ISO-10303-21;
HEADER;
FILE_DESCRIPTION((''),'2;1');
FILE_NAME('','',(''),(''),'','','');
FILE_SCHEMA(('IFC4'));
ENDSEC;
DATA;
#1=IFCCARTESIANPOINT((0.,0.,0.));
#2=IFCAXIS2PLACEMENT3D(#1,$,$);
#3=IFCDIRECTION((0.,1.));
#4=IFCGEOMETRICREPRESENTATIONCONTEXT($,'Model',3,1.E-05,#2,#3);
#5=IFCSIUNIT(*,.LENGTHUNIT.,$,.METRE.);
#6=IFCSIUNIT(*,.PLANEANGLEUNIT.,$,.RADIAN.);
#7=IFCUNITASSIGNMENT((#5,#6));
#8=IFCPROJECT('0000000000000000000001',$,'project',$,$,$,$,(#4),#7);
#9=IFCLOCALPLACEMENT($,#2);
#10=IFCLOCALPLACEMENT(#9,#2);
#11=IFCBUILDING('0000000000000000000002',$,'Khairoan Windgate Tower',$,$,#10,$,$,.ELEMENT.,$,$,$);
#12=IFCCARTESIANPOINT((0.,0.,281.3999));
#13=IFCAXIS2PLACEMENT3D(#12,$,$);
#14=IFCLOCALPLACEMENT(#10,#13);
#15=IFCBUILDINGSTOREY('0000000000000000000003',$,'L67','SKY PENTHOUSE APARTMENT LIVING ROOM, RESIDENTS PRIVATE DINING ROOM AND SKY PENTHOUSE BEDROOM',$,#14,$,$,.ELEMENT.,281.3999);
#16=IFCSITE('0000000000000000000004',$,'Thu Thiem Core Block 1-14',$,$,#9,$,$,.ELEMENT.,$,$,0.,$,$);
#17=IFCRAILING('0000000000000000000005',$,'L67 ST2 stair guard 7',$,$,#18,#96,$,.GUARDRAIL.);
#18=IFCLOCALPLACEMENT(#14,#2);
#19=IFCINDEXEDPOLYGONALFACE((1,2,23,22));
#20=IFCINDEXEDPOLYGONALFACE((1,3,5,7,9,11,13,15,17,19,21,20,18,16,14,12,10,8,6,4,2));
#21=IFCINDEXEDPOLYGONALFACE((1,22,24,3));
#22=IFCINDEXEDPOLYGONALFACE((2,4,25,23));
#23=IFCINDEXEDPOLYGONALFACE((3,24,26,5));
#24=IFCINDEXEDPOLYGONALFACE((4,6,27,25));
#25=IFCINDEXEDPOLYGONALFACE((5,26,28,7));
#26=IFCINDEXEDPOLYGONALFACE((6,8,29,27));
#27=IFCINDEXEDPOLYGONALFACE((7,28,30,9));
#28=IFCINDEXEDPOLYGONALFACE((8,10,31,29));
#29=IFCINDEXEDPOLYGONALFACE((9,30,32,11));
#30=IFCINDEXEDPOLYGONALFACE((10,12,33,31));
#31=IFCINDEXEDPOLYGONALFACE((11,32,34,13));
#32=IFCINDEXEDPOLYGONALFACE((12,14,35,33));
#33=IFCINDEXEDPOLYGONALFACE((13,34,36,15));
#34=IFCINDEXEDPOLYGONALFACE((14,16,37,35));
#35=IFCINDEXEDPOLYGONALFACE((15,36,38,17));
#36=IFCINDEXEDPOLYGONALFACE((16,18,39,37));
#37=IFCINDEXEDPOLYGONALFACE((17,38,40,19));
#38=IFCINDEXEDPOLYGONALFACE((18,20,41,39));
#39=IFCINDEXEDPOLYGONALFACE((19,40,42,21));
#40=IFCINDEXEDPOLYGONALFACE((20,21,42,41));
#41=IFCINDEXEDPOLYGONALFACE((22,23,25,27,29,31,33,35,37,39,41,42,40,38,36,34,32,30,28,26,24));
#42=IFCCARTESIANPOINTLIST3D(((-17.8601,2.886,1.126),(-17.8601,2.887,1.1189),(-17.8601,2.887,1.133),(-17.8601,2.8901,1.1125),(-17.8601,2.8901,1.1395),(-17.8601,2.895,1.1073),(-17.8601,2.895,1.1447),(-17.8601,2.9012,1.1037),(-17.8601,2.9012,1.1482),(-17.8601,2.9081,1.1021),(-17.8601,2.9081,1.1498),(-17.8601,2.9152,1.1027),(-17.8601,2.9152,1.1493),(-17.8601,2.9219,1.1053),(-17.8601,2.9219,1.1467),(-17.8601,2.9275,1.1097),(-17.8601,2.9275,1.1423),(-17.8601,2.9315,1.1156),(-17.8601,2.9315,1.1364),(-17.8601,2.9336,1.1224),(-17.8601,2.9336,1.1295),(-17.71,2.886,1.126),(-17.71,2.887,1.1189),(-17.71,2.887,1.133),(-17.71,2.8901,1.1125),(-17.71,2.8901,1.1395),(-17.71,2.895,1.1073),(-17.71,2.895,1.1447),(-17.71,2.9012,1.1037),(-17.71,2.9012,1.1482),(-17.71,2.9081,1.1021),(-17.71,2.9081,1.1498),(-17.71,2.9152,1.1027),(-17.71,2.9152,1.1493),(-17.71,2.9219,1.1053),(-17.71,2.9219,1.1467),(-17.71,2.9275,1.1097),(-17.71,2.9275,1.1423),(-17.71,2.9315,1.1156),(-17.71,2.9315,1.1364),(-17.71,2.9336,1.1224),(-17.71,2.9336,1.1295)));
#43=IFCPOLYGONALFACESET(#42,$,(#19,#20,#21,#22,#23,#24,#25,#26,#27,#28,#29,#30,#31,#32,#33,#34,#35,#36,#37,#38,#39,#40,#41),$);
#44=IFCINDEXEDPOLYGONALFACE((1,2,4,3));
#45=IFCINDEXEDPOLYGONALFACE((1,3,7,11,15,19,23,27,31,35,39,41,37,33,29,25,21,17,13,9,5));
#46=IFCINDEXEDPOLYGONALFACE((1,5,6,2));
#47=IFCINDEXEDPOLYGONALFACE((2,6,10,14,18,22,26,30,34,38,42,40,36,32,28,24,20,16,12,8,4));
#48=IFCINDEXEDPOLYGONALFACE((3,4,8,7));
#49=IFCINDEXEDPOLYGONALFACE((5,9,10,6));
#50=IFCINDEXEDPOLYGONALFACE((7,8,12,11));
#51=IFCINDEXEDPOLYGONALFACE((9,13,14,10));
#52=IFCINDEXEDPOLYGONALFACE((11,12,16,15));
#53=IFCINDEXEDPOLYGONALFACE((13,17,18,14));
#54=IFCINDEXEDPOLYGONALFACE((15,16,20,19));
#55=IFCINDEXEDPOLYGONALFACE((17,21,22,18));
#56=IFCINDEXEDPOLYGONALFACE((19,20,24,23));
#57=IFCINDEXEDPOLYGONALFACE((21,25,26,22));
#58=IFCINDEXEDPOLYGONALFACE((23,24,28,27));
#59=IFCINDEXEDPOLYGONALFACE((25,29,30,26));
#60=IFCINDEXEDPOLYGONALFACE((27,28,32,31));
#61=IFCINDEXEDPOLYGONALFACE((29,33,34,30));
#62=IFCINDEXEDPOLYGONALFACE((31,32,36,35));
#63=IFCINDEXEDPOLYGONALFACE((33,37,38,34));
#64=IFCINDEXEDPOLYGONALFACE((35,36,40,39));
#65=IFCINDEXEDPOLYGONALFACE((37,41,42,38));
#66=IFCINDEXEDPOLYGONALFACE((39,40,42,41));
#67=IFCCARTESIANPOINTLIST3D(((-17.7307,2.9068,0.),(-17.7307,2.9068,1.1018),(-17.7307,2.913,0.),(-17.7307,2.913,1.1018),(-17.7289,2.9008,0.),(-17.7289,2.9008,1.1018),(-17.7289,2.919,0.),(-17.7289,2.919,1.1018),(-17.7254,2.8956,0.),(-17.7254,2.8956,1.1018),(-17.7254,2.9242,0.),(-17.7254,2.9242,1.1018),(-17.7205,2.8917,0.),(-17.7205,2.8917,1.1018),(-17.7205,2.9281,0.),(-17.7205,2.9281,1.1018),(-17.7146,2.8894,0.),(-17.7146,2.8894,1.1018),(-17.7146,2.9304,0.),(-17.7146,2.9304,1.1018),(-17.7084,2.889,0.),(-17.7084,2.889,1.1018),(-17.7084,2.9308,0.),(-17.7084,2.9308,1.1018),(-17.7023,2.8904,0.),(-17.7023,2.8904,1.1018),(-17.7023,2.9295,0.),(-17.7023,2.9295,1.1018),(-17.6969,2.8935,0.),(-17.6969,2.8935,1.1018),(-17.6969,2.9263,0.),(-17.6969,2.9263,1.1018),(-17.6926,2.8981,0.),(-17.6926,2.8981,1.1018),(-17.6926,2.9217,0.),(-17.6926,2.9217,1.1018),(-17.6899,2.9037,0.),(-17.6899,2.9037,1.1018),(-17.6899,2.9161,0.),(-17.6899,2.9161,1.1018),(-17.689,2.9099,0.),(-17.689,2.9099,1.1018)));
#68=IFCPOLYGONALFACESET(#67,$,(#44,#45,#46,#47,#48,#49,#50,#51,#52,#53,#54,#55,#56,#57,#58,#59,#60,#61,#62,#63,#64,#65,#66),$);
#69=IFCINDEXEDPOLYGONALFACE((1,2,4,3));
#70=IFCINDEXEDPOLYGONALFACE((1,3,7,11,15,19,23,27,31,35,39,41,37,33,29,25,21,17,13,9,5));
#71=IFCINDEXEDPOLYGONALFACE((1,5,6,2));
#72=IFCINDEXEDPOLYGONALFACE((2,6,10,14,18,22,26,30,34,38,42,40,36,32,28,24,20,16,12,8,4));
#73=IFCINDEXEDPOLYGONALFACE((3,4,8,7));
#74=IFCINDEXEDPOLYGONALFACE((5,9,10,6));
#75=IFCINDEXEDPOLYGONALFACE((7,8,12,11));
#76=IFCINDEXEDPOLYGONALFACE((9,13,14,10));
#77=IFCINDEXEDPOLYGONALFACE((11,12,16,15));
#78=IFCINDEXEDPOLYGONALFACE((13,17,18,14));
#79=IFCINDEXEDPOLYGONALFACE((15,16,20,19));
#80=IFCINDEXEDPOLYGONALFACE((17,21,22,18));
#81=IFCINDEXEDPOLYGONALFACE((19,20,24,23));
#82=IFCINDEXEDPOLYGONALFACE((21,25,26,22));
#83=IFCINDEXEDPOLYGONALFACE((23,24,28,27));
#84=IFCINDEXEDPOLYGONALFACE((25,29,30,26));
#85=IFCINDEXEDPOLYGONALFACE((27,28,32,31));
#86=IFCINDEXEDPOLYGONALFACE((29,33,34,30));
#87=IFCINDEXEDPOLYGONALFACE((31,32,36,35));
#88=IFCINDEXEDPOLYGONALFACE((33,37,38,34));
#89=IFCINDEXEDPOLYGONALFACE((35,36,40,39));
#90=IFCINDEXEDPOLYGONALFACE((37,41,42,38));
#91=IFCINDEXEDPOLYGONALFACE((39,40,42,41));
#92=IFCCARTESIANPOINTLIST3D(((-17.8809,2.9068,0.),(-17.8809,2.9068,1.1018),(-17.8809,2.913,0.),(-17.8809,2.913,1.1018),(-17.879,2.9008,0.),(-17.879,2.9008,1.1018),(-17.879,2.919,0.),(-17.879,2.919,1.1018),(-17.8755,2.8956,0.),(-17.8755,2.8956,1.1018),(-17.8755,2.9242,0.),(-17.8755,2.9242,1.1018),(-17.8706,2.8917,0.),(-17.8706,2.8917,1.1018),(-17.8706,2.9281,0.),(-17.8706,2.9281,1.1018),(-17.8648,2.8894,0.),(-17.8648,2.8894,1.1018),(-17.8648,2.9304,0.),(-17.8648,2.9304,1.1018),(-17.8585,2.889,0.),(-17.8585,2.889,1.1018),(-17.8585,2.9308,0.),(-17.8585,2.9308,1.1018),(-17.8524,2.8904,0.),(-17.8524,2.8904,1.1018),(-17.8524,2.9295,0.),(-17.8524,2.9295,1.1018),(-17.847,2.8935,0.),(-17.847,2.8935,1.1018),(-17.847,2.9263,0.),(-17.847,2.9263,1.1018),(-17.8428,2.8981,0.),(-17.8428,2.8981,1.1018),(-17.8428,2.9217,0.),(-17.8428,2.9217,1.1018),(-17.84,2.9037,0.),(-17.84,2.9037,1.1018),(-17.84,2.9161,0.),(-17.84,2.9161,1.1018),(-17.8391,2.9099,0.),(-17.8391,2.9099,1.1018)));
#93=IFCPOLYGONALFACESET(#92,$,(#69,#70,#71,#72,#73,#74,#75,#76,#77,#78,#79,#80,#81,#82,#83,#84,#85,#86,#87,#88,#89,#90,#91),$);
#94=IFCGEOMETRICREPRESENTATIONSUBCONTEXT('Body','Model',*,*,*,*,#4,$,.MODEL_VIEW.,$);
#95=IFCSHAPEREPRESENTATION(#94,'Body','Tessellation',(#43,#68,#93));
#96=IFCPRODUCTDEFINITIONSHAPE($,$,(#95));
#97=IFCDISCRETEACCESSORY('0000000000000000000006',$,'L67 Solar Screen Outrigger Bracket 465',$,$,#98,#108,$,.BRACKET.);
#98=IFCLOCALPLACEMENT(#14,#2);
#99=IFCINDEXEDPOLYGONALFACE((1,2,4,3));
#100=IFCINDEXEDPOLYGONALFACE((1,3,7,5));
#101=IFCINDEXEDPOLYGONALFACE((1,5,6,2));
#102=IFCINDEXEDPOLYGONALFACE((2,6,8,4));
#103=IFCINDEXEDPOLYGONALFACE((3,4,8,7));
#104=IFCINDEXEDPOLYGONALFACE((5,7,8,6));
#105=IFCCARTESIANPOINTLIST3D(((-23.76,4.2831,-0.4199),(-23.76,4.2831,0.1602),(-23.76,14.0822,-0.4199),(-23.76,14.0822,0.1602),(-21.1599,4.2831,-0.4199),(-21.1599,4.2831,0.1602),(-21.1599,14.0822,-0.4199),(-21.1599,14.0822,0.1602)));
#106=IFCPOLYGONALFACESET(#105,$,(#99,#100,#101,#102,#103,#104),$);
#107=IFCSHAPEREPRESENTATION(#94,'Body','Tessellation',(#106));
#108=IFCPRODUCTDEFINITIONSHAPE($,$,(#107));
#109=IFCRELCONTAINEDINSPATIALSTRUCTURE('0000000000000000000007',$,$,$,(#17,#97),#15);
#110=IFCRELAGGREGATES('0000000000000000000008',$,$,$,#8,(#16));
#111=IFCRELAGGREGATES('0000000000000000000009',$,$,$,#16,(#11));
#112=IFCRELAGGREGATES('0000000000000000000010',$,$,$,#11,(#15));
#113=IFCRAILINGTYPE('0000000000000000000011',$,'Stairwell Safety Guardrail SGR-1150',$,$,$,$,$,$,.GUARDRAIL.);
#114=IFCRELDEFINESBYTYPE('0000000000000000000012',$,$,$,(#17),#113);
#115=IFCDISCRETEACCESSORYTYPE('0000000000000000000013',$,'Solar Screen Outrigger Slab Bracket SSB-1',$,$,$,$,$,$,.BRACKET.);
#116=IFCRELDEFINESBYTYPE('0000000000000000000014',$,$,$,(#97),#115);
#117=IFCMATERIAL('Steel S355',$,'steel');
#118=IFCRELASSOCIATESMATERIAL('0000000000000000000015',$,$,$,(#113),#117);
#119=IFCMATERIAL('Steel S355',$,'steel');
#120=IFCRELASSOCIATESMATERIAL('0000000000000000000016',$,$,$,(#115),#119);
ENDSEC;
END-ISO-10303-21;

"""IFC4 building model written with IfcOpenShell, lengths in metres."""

from ifc_helpers import new_model, si_unit, direction, frame, origin, origin_2d, place, context, subcontext, project, spatial, rectangle, circle, extrude, material, type_object, element, save


model = new_model("IFC4")

# Units and contexts
model_context = context("Model", 3, precision=1e-05, world=origin(), true_north=direction((0.0, 1.0)))
body_context = subcontext(model_context, "Body", "Model", "MODEL_VIEW")
ifc_project = project(units=[si_unit("LENGTHUNIT", "METRE"), si_unit("PLANEANGLEUNIT", "RADIAN")], contexts=[model_context])

# Site, building, storey
site_placement = place(None, origin())
site = spatial("IfcSite", under=ifc_project, at=site_placement, Name="Thu Thiem Core Block 1-14", CompositionType="ELEMENT", RefElevation=0.0)
building_placement = place(site_placement, origin())
building = spatial("IfcBuilding", under=site, at=building_placement, Name="Khairoan Windgate Tower", CompositionType="ELEMENT")
storey_placement = place(building_placement, frame((0.0, 0.0, 281.3999)))
storey = spatial("IfcBuildingStorey", under=building, at=storey_placement, Name="L67", Description="SKY PENTHOUSE APARTMENT LIVING ROOM, RESIDENTS PRIVATE DINING ROOM AND SKY PENTHOUSE BEDROOM", CompositionType="ELEMENT", Elevation=281.3999)

# Railing
ifc_material_1 = material(Name="Steel S355", Category="steel")
railing_type_1 = type_object("IfcRailingType", Name="Stairwell Safety Guardrail SGR-1150", PredefinedType="GUARDRAIL", material=ifc_material_1)
railing_1_placement = place(storey_placement, frame((-17.71, 2.9099, 0.0)))
element("IfcRailing", 1, at=railing_1_placement, inside=storey, type_object=railing_type_1, Name="L67 ST2 stair guard 7", PredefinedType="GUARDRAIL", context=body_context, shape_type="SweptSolid", body=[
    extrude(circle(Radius=0.0239, at=origin_2d()), frame((0.0, 0.0, 1.126), z_axis=(-1.0, 0.0, 0.0), x_axis=(0.0, -1.0, 0.0)), (0.0, 0.0, 1.0), 0.1501),
    extrude(circle(Radius=0.021, at=origin_2d()), origin(), (0.0, 0.0, 1.0), 1.1018),
    extrude(circle(Radius=0.021, at=origin_2d()), frame((-0.1501, 0.0, 0.0)), (0.0, 0.0, 1.0), 1.1018),
])

# Discrete accessory
ifc_material_2 = material(Name="Steel S355", Category="steel")
discrete_accessory_type = type_object("IfcDiscreteAccessoryType", Name="Solar Screen Outrigger Slab Bracket SSB-1", PredefinedType="BRACKET", material=ifc_material_2)
discrete_accessory_placement = place(storey_placement, frame((-22.46, 9.1826, -0.4199), z_axis=(0.0, 0.0, 1.0), x_axis=(0.0, 1.0, 0.0)))
element("IfcDiscreteAccessory", 2, at=discrete_accessory_placement, inside=storey, type_object=discrete_accessory_type, Name="L67 Solar Screen Outrigger Bracket 465", PredefinedType="BRACKET", context=body_context, shape_type="SweptSolid", body=[
    extrude(rectangle(XDim=9.7991, YDim=2.6001, at=origin_2d()), origin(), (0.0, 0.0, 1.0), 0.5801),
])

save(model, "model.ifc")
